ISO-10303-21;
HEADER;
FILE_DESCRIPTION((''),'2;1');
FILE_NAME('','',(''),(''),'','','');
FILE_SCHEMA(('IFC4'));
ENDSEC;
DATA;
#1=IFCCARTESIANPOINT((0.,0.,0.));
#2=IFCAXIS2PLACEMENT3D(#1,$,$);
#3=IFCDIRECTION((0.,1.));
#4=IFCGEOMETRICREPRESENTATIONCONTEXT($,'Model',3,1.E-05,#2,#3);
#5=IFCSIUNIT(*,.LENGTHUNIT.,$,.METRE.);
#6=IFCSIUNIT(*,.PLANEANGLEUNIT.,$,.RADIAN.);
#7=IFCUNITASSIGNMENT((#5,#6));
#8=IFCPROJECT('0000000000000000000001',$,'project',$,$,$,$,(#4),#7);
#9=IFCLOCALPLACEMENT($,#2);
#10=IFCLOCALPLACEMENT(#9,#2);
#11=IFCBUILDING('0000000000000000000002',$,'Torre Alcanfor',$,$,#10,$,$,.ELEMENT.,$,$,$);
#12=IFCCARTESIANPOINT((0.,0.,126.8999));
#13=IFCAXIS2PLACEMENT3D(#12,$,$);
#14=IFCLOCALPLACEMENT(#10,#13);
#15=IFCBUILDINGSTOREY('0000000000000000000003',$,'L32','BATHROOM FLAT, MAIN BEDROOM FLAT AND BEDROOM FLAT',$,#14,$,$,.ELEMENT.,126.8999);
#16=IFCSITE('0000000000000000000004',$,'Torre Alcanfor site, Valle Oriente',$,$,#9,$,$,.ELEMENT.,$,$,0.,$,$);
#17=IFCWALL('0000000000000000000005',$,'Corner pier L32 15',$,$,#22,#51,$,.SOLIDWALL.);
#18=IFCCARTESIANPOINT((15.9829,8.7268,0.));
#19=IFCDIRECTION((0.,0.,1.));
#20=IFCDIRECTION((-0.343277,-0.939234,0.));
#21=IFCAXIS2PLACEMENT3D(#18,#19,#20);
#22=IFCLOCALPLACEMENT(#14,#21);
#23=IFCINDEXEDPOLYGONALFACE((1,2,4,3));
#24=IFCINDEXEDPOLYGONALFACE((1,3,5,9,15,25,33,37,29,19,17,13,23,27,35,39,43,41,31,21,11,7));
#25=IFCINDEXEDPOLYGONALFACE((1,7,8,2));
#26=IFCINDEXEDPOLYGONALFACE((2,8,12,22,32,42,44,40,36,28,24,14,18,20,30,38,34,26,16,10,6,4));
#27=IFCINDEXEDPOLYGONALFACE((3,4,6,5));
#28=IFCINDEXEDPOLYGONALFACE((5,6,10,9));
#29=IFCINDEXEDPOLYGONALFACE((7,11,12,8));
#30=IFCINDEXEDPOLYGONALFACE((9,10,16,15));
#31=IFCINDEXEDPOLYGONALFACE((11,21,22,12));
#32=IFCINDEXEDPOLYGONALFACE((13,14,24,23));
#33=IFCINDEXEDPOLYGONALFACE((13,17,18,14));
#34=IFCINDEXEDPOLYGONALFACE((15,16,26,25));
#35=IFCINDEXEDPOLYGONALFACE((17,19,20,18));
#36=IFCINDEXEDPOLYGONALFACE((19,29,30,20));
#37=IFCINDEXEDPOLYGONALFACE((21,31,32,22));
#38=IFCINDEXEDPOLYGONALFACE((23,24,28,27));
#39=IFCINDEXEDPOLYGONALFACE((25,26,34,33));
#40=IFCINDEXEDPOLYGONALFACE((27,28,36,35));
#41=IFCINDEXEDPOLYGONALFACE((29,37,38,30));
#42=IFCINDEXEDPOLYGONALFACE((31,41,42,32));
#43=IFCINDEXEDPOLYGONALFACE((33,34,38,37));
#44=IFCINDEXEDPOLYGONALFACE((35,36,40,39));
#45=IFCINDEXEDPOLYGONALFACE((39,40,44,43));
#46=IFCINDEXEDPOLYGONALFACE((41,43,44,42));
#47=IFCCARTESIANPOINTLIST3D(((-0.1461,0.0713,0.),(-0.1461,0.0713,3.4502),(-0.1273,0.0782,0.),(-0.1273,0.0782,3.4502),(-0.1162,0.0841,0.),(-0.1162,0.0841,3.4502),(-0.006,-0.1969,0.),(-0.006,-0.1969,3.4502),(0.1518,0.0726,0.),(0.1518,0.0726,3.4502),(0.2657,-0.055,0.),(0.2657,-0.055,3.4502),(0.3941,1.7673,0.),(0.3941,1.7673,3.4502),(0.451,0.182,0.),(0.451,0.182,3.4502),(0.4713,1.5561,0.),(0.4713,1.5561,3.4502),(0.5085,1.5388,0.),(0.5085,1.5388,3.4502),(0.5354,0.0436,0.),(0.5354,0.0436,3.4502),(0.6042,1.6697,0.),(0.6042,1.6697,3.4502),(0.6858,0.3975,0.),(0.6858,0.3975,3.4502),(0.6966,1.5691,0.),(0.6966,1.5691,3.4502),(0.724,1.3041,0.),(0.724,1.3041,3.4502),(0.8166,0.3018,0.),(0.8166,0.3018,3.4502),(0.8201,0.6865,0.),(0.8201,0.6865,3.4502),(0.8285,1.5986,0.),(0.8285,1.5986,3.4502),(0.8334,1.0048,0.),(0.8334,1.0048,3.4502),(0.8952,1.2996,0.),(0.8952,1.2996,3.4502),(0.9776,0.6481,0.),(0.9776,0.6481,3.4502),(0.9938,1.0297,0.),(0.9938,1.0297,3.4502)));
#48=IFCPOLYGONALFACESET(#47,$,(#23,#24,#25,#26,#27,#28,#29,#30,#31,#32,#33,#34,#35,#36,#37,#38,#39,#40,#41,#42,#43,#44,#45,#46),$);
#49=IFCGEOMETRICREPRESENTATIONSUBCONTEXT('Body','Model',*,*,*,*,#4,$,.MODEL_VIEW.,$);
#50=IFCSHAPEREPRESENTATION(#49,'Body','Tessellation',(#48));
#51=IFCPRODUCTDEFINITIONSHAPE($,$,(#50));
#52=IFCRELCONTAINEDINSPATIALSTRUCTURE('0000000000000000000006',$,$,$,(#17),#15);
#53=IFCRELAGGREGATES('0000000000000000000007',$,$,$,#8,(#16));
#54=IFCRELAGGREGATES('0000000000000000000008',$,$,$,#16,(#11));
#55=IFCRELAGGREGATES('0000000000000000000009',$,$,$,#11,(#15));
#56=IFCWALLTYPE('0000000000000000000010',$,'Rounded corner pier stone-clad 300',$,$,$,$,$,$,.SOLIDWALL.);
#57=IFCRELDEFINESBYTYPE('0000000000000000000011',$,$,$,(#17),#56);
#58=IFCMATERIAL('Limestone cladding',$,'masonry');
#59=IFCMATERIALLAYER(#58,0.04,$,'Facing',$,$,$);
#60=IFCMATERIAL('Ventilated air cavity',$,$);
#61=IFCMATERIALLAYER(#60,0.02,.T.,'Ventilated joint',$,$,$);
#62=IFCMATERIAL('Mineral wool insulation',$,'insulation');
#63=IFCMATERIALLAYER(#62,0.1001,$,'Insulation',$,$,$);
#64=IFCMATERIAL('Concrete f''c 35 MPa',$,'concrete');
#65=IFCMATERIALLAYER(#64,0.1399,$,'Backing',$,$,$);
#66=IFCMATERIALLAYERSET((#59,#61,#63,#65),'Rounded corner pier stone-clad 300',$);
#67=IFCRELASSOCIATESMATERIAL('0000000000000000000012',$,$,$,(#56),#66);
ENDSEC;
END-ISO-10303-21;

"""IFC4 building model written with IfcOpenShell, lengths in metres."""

from ifc_helpers import new_model, si_unit, direction, frame, origin, place, context, subcontext, project, spatial, polyline, outline, extrude, material, layer, layer_set, type_object, element, save


model = new_model("IFC4")

# Units and contexts
model_context = context("Model", 3, precision=1e-05, world=origin(), true_north=direction((0.0, 1.0)))
body_context = subcontext(model_context, "Body", "Model", "MODEL_VIEW")
ifc_project = project(units=[si_unit("LENGTHUNIT", "METRE"), si_unit("PLANEANGLEUNIT", "RADIAN")], contexts=[model_context])

# Site, building, storey
site_placement = place(None, origin())
site = spatial("IfcSite", under=ifc_project, at=site_placement, Name="Torre Alcanfor site, Valle Oriente", CompositionType="ELEMENT", RefElevation=0.0)
building_placement = place(site_placement, origin())
building = spatial("IfcBuilding", under=site, at=building_placement, Name="Torre Alcanfor", CompositionType="ELEMENT")
storey_placement = place(building_placement, frame((0.0, 0.0, 126.8999)))
storey = spatial("IfcBuildingStorey", under=building, at=storey_placement, Name="L32", Description="BATHROOM FLAT, MAIN BEDROOM FLAT AND BEDROOM FLAT", CompositionType="ELEMENT", Elevation=126.8999)

# Shared definitions
ifc_material_1 = material(Name="Limestone cladding", Category="masonry")
ifc_material_2 = material(Name="Ventilated air cavity")
ifc_material_3 = material(Name="Mineral wool insulation", Category="insulation")
ifc_material_4 = material(Name="Concrete f'c 35 MPa", Category="concrete")

# Wall
ifc_layer_1 = layer(ifc_material_1, 0.04, Name="Facing")
ifc_layer_2 = layer(ifc_material_2, 0.02, ventilated=True, Name="Ventilated joint")
ifc_layer_3 = layer(ifc_material_3, 0.1001, Name="Insulation")
ifc_layer_4 = layer(ifc_material_4, 0.1399, Name="Backing")
ifc_layer_set_1 = layer_set([ifc_layer_1, ifc_layer_2, ifc_layer_3, ifc_layer_4], Name="Rounded corner pier stone-clad 300")
wall_type_1 = type_object("IfcWallType", Name="Rounded corner pier stone-clad 300", PredefinedType="SOLIDWALL", material=ifc_layer_set_1)
wall_1_placement = place(storey_placement, frame((15.9829, 8.7268, 0.0), z_axis=(0.0, 0.0, 1.0), x_axis=(-0.343277, -0.939234, 0.0)))
element("IfcWall", 1, at=wall_1_placement, inside=storey, type_object=wall_type_1, Name="Corner pier L32 15", PredefinedType="SOLIDWALL", context=body_context, shape_type="SweptSolid", body=[
    extrude(outline(polyline([(0.8285, 1.5986), (0.6966, 1.5691), (0.6042, 1.6697), (0.3941, 1.7673), (0.4713, 1.5561), (0.5085, 1.5388), (0.724, 1.3041), (0.8334, 1.0048), (0.8201, 0.6865), (0.6858, 0.3975), (0.451, 0.182), (0.1518, 0.0726), (-0.1162, 0.0841), (-0.1273, 0.0782), (-0.1461, 0.0713), (-0.006, -0.1969), (0.2657, -0.055), (0.5354, 0.0436), (0.8166, 0.3018), (0.9776, 0.6481), (0.9938, 1.0297), (0.8952, 1.2996), (0.8285, 1.5986)])), origin(), (0.0, 0.0, 1.0), 3.4502),
])

save(model, "model.ifc")
